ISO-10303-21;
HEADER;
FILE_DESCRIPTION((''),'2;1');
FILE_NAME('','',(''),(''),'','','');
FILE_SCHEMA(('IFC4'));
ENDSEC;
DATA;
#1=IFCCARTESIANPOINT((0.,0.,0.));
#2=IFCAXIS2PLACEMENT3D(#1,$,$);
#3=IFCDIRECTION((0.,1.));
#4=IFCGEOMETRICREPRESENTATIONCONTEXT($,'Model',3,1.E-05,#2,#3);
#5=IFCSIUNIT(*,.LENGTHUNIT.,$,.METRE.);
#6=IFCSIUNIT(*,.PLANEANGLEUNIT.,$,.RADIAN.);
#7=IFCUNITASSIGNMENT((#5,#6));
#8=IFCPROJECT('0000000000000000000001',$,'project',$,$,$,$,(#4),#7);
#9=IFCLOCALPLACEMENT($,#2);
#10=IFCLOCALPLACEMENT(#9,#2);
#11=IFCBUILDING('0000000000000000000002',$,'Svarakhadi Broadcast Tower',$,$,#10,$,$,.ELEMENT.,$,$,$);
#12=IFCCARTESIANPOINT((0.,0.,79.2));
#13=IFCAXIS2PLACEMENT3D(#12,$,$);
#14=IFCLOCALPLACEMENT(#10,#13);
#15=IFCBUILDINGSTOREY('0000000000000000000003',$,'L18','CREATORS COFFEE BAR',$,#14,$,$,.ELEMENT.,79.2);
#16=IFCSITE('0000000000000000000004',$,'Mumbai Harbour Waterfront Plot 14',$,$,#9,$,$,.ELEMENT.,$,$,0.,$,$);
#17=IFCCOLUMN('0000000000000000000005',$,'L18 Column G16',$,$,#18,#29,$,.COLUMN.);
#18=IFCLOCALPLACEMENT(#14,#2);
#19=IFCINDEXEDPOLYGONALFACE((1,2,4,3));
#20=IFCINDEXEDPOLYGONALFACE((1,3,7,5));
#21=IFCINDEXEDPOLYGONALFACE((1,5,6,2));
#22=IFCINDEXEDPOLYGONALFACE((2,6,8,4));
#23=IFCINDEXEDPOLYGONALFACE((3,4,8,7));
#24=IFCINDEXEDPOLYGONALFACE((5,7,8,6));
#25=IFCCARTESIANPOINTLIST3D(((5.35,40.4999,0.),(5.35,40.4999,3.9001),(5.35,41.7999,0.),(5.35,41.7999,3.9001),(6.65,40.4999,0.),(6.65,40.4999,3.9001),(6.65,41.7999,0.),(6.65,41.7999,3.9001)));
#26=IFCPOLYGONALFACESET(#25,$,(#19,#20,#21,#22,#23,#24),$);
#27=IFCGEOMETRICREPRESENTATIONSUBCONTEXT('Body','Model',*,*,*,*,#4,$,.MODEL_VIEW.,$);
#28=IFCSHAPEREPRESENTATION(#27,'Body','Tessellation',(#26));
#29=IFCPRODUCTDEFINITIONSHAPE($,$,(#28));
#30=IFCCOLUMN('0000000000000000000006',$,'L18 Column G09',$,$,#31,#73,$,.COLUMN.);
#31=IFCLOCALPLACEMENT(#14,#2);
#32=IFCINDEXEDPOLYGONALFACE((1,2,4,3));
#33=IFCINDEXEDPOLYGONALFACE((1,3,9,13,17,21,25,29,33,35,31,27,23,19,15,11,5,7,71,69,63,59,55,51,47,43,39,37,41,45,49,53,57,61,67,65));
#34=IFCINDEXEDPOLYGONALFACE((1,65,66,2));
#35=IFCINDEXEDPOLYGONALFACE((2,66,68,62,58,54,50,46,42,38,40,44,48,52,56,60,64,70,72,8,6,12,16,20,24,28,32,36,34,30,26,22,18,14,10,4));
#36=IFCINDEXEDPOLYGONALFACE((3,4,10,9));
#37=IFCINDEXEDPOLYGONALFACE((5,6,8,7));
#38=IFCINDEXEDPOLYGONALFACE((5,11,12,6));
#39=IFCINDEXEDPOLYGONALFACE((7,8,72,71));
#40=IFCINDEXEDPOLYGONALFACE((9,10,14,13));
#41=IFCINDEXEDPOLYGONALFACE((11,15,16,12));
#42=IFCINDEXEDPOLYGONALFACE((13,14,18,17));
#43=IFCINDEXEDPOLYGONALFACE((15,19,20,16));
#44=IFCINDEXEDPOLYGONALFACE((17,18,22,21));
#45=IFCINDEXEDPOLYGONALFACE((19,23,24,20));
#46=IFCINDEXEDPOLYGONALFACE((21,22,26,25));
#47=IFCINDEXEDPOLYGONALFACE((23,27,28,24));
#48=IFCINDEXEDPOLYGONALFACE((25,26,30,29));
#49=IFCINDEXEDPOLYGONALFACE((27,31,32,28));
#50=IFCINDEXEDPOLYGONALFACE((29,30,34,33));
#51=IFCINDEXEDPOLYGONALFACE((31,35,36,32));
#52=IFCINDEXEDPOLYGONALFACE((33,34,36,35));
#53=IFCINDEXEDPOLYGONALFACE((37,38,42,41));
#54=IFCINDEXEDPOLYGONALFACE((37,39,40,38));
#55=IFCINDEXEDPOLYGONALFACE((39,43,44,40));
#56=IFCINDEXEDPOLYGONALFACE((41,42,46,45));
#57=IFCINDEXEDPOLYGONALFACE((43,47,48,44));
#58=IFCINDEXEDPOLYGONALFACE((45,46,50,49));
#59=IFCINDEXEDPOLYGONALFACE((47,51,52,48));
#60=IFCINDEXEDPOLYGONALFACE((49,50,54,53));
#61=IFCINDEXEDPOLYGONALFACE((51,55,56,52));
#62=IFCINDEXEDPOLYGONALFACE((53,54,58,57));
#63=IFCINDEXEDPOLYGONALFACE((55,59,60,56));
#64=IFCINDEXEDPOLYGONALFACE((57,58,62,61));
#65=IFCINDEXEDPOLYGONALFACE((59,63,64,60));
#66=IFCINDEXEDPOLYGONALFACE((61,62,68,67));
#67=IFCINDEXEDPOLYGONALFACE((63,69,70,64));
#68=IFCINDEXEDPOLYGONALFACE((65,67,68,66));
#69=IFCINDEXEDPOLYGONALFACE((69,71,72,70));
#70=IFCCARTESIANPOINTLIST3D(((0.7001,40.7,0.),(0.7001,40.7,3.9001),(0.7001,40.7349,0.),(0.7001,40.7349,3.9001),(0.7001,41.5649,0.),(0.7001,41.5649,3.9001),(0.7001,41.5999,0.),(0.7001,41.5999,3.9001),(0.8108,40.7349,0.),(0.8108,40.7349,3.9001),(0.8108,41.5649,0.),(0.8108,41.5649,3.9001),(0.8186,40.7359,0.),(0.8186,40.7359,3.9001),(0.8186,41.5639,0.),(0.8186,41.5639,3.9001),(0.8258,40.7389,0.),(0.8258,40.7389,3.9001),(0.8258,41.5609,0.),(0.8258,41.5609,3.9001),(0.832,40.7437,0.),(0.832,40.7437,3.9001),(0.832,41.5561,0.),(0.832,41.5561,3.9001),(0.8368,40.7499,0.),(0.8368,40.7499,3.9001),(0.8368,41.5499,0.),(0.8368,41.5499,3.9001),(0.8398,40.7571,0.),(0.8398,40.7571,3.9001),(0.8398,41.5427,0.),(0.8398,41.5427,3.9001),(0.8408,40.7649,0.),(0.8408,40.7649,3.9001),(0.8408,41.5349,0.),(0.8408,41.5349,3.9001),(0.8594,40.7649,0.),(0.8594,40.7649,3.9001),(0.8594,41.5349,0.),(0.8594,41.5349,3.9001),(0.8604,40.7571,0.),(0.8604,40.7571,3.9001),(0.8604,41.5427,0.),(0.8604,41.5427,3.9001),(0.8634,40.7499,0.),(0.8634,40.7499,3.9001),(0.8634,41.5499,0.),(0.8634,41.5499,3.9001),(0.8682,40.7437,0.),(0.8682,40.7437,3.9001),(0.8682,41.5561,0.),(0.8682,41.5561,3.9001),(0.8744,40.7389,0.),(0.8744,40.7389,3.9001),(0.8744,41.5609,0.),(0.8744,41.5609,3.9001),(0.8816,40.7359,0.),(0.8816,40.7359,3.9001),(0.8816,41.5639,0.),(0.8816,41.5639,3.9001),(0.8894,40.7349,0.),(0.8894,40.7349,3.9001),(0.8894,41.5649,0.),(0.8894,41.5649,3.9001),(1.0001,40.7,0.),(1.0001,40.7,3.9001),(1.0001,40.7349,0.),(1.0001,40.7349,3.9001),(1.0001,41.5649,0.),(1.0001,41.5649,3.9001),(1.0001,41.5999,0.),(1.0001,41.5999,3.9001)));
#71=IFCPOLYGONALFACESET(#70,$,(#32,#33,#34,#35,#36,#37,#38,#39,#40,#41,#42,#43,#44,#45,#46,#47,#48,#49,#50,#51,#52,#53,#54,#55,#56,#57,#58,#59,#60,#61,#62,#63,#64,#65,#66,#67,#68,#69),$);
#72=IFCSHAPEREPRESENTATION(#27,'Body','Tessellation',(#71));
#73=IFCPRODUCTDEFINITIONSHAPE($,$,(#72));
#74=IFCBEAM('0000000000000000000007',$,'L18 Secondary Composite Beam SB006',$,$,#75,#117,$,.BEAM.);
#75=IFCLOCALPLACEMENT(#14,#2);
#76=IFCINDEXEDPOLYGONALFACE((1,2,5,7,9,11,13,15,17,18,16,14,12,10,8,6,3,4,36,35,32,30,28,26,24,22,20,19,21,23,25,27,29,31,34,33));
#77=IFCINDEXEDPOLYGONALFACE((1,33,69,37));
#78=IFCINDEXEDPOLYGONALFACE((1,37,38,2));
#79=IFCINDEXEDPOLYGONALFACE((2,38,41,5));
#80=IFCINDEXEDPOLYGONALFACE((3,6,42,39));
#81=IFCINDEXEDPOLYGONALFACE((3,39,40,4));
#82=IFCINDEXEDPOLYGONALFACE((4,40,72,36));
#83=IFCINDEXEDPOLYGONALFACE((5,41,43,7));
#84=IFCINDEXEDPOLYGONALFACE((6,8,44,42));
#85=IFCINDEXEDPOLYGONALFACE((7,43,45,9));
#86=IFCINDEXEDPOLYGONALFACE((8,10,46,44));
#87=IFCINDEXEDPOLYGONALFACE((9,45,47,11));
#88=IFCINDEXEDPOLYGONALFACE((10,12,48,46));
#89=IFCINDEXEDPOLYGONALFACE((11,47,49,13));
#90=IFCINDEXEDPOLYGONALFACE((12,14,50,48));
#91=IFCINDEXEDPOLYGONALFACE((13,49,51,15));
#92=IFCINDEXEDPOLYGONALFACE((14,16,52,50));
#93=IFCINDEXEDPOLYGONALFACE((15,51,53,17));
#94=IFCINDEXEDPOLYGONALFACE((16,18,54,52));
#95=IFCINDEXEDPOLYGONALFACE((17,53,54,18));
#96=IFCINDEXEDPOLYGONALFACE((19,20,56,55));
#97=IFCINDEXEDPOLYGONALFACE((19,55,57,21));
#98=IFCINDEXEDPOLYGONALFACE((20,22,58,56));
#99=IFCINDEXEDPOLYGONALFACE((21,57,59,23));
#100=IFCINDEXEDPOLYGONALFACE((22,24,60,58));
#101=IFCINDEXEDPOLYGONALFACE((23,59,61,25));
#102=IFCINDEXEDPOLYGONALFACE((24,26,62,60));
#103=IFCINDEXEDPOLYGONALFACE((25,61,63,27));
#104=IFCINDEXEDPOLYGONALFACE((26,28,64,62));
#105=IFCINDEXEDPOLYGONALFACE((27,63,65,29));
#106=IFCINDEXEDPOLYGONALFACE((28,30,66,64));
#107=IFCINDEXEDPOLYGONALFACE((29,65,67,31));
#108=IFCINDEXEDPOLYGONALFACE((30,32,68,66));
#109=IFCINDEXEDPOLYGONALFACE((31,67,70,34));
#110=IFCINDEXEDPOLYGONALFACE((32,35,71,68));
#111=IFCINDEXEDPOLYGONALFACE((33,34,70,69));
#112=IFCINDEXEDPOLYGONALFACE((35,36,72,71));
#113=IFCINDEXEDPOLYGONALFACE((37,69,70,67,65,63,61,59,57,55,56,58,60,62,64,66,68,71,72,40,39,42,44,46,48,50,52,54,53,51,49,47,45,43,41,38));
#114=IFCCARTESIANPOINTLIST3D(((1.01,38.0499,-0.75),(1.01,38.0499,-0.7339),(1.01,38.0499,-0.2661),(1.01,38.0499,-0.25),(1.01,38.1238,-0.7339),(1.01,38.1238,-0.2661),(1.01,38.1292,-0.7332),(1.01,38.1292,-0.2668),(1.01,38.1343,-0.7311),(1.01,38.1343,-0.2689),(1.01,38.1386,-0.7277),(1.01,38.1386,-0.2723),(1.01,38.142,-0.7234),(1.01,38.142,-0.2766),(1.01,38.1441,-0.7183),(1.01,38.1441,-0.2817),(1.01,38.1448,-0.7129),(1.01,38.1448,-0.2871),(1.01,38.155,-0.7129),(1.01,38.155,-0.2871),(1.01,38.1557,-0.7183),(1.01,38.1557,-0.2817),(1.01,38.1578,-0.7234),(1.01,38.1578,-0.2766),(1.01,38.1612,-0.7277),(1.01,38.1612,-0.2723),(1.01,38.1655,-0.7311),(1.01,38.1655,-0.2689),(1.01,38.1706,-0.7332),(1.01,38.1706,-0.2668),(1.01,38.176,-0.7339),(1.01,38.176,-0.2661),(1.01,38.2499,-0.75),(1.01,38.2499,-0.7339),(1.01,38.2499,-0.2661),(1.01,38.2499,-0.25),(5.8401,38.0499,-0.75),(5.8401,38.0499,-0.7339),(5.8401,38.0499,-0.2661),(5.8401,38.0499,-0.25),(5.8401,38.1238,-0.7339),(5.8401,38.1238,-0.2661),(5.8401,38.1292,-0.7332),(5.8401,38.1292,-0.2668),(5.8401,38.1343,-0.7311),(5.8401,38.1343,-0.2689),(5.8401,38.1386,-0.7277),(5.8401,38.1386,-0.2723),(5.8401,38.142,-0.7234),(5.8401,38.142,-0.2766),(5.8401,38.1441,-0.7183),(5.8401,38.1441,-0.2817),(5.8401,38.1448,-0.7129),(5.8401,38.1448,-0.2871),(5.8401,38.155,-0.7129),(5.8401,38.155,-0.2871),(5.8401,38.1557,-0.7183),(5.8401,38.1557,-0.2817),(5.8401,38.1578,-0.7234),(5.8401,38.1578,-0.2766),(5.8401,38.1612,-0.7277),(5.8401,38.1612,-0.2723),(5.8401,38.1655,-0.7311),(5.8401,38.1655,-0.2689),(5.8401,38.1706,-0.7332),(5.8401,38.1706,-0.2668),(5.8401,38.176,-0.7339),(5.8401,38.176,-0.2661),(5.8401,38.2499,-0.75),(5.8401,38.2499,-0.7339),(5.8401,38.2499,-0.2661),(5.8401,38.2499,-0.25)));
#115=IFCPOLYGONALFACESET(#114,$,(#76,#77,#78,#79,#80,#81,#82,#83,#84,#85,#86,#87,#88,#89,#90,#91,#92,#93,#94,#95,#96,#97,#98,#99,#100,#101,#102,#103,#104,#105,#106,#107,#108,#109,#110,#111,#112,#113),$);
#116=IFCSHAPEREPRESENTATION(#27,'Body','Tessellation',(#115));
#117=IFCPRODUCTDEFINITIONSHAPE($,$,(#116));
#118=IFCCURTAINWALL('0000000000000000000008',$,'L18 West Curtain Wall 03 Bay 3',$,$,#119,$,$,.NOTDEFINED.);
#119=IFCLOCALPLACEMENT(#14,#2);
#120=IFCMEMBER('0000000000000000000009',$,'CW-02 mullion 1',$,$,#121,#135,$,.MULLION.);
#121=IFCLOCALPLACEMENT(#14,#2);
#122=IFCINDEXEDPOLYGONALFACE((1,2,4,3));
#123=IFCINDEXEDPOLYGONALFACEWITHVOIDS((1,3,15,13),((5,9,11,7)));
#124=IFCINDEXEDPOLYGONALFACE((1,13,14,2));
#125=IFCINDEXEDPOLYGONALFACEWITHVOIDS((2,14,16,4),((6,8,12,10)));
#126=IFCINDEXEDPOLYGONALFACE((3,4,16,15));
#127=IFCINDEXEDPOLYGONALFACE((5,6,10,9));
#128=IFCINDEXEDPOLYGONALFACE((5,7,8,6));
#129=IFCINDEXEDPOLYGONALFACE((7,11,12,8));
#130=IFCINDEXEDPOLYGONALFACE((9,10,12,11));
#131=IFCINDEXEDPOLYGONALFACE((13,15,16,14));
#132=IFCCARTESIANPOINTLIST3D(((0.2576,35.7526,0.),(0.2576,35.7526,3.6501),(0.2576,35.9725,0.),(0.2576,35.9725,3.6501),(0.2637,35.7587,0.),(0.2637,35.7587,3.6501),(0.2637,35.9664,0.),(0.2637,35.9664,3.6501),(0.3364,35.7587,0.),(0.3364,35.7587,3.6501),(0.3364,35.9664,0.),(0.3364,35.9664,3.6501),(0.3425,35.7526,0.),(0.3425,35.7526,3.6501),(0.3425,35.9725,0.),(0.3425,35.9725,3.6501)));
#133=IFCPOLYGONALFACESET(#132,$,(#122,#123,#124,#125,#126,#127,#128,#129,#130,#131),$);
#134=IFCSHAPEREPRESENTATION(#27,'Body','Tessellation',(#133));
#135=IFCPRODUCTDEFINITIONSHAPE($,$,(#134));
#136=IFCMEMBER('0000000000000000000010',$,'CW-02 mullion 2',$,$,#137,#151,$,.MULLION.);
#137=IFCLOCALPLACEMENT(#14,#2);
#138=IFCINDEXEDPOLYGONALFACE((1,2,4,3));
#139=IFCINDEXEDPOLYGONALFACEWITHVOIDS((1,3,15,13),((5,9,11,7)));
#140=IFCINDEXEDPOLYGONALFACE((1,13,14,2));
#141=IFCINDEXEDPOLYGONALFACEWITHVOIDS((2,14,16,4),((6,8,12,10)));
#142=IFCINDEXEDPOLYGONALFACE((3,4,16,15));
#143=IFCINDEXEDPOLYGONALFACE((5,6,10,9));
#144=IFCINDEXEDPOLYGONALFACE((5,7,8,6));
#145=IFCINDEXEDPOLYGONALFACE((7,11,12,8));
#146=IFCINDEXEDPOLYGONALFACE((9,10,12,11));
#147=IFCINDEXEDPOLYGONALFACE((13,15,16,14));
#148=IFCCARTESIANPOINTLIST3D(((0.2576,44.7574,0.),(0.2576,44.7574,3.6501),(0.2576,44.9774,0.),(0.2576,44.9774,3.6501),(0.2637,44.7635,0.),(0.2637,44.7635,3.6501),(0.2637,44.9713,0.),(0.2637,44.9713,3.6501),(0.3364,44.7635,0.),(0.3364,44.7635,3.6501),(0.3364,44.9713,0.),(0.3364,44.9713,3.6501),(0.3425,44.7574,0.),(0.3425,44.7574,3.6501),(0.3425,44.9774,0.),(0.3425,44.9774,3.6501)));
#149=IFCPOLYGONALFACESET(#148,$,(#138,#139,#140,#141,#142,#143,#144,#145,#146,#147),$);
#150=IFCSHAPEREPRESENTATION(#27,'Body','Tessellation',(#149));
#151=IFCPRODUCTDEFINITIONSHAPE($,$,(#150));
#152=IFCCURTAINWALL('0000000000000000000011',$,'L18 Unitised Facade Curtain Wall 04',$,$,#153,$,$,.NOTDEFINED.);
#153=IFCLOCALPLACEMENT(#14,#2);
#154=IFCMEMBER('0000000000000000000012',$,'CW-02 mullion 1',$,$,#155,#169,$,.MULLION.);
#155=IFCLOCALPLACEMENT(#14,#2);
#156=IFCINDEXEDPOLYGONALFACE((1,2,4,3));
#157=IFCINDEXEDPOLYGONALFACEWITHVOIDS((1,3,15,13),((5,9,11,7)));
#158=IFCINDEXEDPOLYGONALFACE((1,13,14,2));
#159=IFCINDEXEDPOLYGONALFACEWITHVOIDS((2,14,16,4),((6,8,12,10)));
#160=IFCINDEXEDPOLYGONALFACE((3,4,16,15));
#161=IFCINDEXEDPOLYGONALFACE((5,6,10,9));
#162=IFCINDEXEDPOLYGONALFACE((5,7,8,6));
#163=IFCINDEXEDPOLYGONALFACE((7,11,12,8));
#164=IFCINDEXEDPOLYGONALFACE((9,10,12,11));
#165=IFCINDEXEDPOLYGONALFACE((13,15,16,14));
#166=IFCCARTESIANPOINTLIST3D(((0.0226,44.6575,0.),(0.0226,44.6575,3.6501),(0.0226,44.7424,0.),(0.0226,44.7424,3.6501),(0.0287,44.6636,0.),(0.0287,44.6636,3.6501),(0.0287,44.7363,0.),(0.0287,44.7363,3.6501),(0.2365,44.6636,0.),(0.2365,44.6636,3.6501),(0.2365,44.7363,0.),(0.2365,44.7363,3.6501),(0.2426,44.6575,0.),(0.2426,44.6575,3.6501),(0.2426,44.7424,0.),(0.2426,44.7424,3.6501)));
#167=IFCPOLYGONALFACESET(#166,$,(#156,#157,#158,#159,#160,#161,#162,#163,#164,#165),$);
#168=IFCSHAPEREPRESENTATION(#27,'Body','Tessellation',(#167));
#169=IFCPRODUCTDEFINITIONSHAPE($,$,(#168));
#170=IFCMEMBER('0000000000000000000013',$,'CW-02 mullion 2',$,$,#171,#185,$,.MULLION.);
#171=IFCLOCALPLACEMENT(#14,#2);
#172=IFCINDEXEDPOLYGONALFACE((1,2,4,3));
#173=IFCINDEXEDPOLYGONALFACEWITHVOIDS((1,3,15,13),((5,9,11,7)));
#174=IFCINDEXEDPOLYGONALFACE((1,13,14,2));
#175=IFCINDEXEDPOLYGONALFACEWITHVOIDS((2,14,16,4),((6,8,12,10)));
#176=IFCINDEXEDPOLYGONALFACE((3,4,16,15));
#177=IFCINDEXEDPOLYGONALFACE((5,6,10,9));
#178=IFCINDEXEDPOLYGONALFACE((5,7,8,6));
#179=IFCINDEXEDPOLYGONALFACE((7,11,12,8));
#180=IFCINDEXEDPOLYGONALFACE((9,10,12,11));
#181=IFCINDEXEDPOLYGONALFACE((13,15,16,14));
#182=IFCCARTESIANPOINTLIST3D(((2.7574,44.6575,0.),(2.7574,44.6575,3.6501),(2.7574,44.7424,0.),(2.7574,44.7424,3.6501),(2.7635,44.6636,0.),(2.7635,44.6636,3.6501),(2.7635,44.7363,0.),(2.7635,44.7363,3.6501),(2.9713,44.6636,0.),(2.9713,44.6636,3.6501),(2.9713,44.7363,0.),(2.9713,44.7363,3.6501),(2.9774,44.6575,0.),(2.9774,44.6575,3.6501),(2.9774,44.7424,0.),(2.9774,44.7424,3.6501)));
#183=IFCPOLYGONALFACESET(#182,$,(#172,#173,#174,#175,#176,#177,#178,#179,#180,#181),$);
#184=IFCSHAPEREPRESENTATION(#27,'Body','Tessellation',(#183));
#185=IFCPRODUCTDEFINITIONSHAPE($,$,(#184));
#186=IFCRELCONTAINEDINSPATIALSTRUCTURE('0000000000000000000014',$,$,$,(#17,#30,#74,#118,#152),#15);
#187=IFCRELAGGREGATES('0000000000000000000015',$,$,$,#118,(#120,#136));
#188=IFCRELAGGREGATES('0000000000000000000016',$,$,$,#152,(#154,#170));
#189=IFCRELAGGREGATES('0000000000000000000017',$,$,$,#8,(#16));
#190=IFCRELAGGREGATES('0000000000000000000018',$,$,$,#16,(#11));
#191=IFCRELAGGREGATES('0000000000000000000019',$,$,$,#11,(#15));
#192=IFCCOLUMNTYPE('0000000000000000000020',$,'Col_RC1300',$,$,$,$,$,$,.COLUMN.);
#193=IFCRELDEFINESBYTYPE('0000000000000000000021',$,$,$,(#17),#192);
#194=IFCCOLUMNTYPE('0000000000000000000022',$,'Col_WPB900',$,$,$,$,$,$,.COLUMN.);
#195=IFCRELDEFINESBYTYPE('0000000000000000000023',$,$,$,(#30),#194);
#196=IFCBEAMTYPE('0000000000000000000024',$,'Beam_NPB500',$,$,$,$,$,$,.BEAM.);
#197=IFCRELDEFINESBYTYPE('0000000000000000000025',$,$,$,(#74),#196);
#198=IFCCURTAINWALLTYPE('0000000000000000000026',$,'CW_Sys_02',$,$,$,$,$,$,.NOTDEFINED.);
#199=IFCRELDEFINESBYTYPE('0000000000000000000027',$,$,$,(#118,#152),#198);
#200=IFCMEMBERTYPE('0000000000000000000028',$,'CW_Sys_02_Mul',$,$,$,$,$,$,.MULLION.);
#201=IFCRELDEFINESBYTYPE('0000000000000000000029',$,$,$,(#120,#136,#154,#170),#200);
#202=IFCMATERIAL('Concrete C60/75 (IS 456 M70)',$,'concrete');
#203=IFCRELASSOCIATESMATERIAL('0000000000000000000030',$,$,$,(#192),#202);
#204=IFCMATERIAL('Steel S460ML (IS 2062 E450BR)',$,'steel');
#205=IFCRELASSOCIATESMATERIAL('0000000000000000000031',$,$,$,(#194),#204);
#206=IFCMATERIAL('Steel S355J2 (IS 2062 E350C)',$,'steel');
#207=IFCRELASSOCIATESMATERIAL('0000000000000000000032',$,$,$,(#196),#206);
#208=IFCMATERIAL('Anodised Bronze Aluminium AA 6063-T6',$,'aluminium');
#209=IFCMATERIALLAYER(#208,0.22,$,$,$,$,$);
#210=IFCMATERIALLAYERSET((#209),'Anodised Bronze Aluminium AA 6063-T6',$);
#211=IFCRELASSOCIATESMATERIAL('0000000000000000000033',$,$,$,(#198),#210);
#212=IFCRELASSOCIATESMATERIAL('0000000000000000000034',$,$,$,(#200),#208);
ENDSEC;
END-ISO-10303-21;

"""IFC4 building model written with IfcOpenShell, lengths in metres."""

from ifc_helpers import new_model, si_unit, direction, frame, origin, origin_2d, place, context, subcontext, project, spatial, rectangle, hollow_rectangle, i_section, extrude, material, layer, layer_set, material_profile, profile_set, type_object, element, aggregate, save


model = new_model("IFC4")

# Units and contexts
model_context = context("Model", 3, precision=1e-05, world=origin(), true_north=direction((0.0, 1.0)))
body_context = subcontext(model_context, "Body", "Model", "MODEL_VIEW")
ifc_project = project(units=[si_unit("LENGTHUNIT", "METRE"), si_unit("PLANEANGLEUNIT", "RADIAN")], contexts=[model_context])

# Site, building, storey
site_placement = place(None, origin())
site = spatial("IfcSite", under=ifc_project, at=site_placement, Name="Mumbai Harbour Waterfront Plot 14", CompositionType="ELEMENT", RefElevation=0.0)
building_placement = place(site_placement, origin())
building = spatial("IfcBuilding", under=site, at=building_placement, Name="Svarakhadi Broadcast Tower", CompositionType="ELEMENT")
storey_placement = place(building_placement, frame((0.0, 0.0, 79.2)))
storey = spatial("IfcBuildingStorey", under=building, at=storey_placement, Name="L18", Description="CREATORS COFFEE BAR", CompositionType="ELEMENT", Elevation=79.2)

# Columns
ifc_material_1 = material(Name="Concrete C60/75 (IS 456 M70)", Category="concrete")
ifc_material_profile_1 = material_profile(ifc_material_1, rectangle(XDim=1.3, YDim=1.3, at=origin_2d()), Name="RC 1300x1300")
ifc_profile_set_1 = profile_set([ifc_material_profile_1], Name="Concrete C60/75 (IS 456 M70)")
column_type_1 = type_object("IfcColumnType", Name="Col_RC1300", PredefinedType="COLUMN", material=ifc_profile_set_1)
column_1_placement = place(storey_placement, frame((6.0, 41.1499, 0.0), z_axis=(0.0, 0.0, 1.0), x_axis=(1.0, 0.0, 0.0)))
element("IfcColumn", 1, at=column_1_placement, inside=storey, type_object=column_type_1, Name="L18 Column G16", PredefinedType="COLUMN", context=body_context, shape_type="SweptSolid", body=[
    extrude(rectangle(XDim=1.3, YDim=1.3, at=origin_2d()), origin(), (0.0, 0.0, 1.0), 3.9001),
])
ifc_material_2 = material(Name="Steel S460ML (IS 2062 E450BR)", Category="steel")
ifc_material_profile_2 = material_profile(ifc_material_2, i_section(OverallWidth=0.3, OverallDepth=0.8999, WebThickness=0.0186, FlangeThickness=0.0349, FilletRadius=0.03, at=origin_2d()), Name="WPB 900x300x291")
ifc_profile_set_2 = profile_set([ifc_material_profile_2], Name="Steel S460ML (IS 2062 E450BR)")
column_type_2 = type_object("IfcColumnType", Name="Col_WPB900", PredefinedType="COLUMN", material=ifc_profile_set_2)
column_2_placement = place(storey_placement, frame((0.8501, 41.1499, 0.0), z_axis=(0.0, 0.0, 1.0), x_axis=(1.0, 0.0, 0.0)))
element("IfcColumn", 2, at=column_2_placement, inside=storey, type_object=column_type_2, Name="L18 Column G09", PredefinedType="COLUMN", context=body_context, shape_type="SweptSolid", body=[
    extrude(i_section(OverallWidth=0.3, OverallDepth=0.8999, WebThickness=0.0186, FlangeThickness=0.0349, FilletRadius=0.03, at=origin_2d()), origin(), (0.0, 0.0, 1.0), 3.9001),
])

# Beam
ifc_material_3 = material(Name="Steel S355J2 (IS 2062 E350C)", Category="steel")
ifc_material_profile_3 = material_profile(ifc_material_3, i_section(OverallWidth=0.2, OverallDepth=0.5, WebThickness=0.0103, FlangeThickness=0.0161, FilletRadius=0.021, at=origin_2d()), Name="NPB 500x200x91")
ifc_profile_set_3 = profile_set([ifc_material_profile_3], Name="Steel S355J2 (IS 2062 E350C)")
beam_type_1 = type_object("IfcBeamType", Name="Beam_NPB500", PredefinedType="BEAM", material=ifc_profile_set_3)
beam_1_placement = place(storey_placement, frame((1.01, 38.1499, -0.5), z_axis=(1.0, 0.0, 0.0), x_axis=(0.0, 1.0, 0.0)))
element("IfcBeam", 3, at=beam_1_placement, inside=storey, type_object=beam_type_1, Name="L18 Secondary Composite Beam SB006", PredefinedType="BEAM", context=body_context, shape_type="SweptSolid", body=[
    extrude(i_section(OverallWidth=0.2, OverallDepth=0.5, WebThickness=0.0103, FlangeThickness=0.0161, FilletRadius=0.021, at=origin_2d()), origin(), (0.0, 0.0, 1.0), 4.8301),
])

# Curtain walls, members
ifc_material_4 = material(Name="Anodised Bronze Aluminium AA 6063-T6", Category="aluminium")
ifc_layer_1 = layer(ifc_material_4, 0.22)
ifc_layer_set_1 = layer_set([ifc_layer_1], Name="Anodised Bronze Aluminium AA 6063-T6")
curtain_wall_type = type_object("IfcCurtainWallType", Name="CW_Sys_02", PredefinedType="NOTDEFINED", material=ifc_layer_set_1)
curtain_wall_1_placement = place(storey_placement, origin())
curtain_wall_1 = element("IfcCurtainWall", 4, at=curtain_wall_1_placement, inside=storey, type_object=curtain_wall_type, Name="L18 West Curtain Wall 03 Bay 3", PredefinedType="NOTDEFINED")
ifc_material_profile_4 = material_profile(ifc_material_4, hollow_rectangle(XDim=0.085, YDim=0.22, WallThickness=0.0061, at=origin_2d()), Name="ALU MULLION 220x85x6")
ifc_profile_set_4 = profile_set([ifc_material_profile_4], Name="Anodised Bronze Aluminium AA 6063-T6")
member_type_1 = type_object("IfcMemberType", Name="CW_Sys_02_Mul", PredefinedType="MULLION", material=ifc_profile_set_4)
member_1_placement = place(storey_placement, frame((0.3, 35.8625, 0.0), z_axis=(0.0, 0.0, 1.0), x_axis=(-1.0, 0.0, 0.0)))
member_1 = element("IfcMember", 5, at=member_1_placement, type_object=member_type_1, Name="CW-02 mullion 1", PredefinedType="MULLION", context=body_context, shape_type="SweptSolid", body=[
    extrude(hollow_rectangle(XDim=0.085, YDim=0.22, WallThickness=0.0061, at=origin_2d()), origin(), (0.0, 0.0, 1.0), 3.6501),
])
member_2_placement = place(storey_placement, frame((0.3, 44.8674, 0.0), z_axis=(0.0, 0.0, 1.0), x_axis=(-1.0, 0.0, 0.0)))
member_2 = element("IfcMember", 6, at=member_2_placement, type_object=member_type_1, Name="CW-02 mullion 2", PredefinedType="MULLION", context=body_context, shape_type="SweptSolid", body=[
    extrude(hollow_rectangle(XDim=0.085, YDim=0.22, WallThickness=0.0061, at=origin_2d()), origin(), (0.0, 0.0, 1.0), 3.6501),
])
curtain_wall_2_placement = place(storey_placement, origin())
curtain_wall_2 = element("IfcCurtainWall", 7, at=curtain_wall_2_placement, inside=storey, type_object=curtain_wall_type, Name="L18 Unitised Facade Curtain Wall 04", PredefinedType="NOTDEFINED")
member_3_placement = place(storey_placement, frame((0.1326, 44.7, 0.0), z_axis=(0.0, 0.0, 1.0), x_axis=(0.0, 1.0, 0.0)))
member_3 = element("IfcMember", 8, at=member_3_placement, type_object=member_type_1, Name="CW-02 mullion 1", PredefinedType="MULLION", context=body_context, shape_type="SweptSolid", body=[
    extrude(hollow_rectangle(XDim=0.085, YDim=0.22, WallThickness=0.0061, at=origin_2d()), origin(), (0.0, 0.0, 1.0), 3.6501),
])
member_4_placement = place(storey_placement, frame((2.8674, 44.7, 0.0), z_axis=(0.0, 0.0, 1.0), x_axis=(0.0, 1.0, 0.0)))
member_4 = element("IfcMember", 9, at=member_4_placement, type_object=member_type_1, Name="CW-02 mullion 2", PredefinedType="MULLION", context=body_context, shape_type="SweptSolid", body=[
    extrude(hollow_rectangle(XDim=0.085, YDim=0.22, WallThickness=0.0061, at=origin_2d()), origin(), (0.0, 0.0, 1.0), 3.6501),
])

aggregate(curtain_wall_1, [member_1, member_2])
aggregate(curtain_wall_2, [member_3, member_4])

save(model, "model.ifc")
